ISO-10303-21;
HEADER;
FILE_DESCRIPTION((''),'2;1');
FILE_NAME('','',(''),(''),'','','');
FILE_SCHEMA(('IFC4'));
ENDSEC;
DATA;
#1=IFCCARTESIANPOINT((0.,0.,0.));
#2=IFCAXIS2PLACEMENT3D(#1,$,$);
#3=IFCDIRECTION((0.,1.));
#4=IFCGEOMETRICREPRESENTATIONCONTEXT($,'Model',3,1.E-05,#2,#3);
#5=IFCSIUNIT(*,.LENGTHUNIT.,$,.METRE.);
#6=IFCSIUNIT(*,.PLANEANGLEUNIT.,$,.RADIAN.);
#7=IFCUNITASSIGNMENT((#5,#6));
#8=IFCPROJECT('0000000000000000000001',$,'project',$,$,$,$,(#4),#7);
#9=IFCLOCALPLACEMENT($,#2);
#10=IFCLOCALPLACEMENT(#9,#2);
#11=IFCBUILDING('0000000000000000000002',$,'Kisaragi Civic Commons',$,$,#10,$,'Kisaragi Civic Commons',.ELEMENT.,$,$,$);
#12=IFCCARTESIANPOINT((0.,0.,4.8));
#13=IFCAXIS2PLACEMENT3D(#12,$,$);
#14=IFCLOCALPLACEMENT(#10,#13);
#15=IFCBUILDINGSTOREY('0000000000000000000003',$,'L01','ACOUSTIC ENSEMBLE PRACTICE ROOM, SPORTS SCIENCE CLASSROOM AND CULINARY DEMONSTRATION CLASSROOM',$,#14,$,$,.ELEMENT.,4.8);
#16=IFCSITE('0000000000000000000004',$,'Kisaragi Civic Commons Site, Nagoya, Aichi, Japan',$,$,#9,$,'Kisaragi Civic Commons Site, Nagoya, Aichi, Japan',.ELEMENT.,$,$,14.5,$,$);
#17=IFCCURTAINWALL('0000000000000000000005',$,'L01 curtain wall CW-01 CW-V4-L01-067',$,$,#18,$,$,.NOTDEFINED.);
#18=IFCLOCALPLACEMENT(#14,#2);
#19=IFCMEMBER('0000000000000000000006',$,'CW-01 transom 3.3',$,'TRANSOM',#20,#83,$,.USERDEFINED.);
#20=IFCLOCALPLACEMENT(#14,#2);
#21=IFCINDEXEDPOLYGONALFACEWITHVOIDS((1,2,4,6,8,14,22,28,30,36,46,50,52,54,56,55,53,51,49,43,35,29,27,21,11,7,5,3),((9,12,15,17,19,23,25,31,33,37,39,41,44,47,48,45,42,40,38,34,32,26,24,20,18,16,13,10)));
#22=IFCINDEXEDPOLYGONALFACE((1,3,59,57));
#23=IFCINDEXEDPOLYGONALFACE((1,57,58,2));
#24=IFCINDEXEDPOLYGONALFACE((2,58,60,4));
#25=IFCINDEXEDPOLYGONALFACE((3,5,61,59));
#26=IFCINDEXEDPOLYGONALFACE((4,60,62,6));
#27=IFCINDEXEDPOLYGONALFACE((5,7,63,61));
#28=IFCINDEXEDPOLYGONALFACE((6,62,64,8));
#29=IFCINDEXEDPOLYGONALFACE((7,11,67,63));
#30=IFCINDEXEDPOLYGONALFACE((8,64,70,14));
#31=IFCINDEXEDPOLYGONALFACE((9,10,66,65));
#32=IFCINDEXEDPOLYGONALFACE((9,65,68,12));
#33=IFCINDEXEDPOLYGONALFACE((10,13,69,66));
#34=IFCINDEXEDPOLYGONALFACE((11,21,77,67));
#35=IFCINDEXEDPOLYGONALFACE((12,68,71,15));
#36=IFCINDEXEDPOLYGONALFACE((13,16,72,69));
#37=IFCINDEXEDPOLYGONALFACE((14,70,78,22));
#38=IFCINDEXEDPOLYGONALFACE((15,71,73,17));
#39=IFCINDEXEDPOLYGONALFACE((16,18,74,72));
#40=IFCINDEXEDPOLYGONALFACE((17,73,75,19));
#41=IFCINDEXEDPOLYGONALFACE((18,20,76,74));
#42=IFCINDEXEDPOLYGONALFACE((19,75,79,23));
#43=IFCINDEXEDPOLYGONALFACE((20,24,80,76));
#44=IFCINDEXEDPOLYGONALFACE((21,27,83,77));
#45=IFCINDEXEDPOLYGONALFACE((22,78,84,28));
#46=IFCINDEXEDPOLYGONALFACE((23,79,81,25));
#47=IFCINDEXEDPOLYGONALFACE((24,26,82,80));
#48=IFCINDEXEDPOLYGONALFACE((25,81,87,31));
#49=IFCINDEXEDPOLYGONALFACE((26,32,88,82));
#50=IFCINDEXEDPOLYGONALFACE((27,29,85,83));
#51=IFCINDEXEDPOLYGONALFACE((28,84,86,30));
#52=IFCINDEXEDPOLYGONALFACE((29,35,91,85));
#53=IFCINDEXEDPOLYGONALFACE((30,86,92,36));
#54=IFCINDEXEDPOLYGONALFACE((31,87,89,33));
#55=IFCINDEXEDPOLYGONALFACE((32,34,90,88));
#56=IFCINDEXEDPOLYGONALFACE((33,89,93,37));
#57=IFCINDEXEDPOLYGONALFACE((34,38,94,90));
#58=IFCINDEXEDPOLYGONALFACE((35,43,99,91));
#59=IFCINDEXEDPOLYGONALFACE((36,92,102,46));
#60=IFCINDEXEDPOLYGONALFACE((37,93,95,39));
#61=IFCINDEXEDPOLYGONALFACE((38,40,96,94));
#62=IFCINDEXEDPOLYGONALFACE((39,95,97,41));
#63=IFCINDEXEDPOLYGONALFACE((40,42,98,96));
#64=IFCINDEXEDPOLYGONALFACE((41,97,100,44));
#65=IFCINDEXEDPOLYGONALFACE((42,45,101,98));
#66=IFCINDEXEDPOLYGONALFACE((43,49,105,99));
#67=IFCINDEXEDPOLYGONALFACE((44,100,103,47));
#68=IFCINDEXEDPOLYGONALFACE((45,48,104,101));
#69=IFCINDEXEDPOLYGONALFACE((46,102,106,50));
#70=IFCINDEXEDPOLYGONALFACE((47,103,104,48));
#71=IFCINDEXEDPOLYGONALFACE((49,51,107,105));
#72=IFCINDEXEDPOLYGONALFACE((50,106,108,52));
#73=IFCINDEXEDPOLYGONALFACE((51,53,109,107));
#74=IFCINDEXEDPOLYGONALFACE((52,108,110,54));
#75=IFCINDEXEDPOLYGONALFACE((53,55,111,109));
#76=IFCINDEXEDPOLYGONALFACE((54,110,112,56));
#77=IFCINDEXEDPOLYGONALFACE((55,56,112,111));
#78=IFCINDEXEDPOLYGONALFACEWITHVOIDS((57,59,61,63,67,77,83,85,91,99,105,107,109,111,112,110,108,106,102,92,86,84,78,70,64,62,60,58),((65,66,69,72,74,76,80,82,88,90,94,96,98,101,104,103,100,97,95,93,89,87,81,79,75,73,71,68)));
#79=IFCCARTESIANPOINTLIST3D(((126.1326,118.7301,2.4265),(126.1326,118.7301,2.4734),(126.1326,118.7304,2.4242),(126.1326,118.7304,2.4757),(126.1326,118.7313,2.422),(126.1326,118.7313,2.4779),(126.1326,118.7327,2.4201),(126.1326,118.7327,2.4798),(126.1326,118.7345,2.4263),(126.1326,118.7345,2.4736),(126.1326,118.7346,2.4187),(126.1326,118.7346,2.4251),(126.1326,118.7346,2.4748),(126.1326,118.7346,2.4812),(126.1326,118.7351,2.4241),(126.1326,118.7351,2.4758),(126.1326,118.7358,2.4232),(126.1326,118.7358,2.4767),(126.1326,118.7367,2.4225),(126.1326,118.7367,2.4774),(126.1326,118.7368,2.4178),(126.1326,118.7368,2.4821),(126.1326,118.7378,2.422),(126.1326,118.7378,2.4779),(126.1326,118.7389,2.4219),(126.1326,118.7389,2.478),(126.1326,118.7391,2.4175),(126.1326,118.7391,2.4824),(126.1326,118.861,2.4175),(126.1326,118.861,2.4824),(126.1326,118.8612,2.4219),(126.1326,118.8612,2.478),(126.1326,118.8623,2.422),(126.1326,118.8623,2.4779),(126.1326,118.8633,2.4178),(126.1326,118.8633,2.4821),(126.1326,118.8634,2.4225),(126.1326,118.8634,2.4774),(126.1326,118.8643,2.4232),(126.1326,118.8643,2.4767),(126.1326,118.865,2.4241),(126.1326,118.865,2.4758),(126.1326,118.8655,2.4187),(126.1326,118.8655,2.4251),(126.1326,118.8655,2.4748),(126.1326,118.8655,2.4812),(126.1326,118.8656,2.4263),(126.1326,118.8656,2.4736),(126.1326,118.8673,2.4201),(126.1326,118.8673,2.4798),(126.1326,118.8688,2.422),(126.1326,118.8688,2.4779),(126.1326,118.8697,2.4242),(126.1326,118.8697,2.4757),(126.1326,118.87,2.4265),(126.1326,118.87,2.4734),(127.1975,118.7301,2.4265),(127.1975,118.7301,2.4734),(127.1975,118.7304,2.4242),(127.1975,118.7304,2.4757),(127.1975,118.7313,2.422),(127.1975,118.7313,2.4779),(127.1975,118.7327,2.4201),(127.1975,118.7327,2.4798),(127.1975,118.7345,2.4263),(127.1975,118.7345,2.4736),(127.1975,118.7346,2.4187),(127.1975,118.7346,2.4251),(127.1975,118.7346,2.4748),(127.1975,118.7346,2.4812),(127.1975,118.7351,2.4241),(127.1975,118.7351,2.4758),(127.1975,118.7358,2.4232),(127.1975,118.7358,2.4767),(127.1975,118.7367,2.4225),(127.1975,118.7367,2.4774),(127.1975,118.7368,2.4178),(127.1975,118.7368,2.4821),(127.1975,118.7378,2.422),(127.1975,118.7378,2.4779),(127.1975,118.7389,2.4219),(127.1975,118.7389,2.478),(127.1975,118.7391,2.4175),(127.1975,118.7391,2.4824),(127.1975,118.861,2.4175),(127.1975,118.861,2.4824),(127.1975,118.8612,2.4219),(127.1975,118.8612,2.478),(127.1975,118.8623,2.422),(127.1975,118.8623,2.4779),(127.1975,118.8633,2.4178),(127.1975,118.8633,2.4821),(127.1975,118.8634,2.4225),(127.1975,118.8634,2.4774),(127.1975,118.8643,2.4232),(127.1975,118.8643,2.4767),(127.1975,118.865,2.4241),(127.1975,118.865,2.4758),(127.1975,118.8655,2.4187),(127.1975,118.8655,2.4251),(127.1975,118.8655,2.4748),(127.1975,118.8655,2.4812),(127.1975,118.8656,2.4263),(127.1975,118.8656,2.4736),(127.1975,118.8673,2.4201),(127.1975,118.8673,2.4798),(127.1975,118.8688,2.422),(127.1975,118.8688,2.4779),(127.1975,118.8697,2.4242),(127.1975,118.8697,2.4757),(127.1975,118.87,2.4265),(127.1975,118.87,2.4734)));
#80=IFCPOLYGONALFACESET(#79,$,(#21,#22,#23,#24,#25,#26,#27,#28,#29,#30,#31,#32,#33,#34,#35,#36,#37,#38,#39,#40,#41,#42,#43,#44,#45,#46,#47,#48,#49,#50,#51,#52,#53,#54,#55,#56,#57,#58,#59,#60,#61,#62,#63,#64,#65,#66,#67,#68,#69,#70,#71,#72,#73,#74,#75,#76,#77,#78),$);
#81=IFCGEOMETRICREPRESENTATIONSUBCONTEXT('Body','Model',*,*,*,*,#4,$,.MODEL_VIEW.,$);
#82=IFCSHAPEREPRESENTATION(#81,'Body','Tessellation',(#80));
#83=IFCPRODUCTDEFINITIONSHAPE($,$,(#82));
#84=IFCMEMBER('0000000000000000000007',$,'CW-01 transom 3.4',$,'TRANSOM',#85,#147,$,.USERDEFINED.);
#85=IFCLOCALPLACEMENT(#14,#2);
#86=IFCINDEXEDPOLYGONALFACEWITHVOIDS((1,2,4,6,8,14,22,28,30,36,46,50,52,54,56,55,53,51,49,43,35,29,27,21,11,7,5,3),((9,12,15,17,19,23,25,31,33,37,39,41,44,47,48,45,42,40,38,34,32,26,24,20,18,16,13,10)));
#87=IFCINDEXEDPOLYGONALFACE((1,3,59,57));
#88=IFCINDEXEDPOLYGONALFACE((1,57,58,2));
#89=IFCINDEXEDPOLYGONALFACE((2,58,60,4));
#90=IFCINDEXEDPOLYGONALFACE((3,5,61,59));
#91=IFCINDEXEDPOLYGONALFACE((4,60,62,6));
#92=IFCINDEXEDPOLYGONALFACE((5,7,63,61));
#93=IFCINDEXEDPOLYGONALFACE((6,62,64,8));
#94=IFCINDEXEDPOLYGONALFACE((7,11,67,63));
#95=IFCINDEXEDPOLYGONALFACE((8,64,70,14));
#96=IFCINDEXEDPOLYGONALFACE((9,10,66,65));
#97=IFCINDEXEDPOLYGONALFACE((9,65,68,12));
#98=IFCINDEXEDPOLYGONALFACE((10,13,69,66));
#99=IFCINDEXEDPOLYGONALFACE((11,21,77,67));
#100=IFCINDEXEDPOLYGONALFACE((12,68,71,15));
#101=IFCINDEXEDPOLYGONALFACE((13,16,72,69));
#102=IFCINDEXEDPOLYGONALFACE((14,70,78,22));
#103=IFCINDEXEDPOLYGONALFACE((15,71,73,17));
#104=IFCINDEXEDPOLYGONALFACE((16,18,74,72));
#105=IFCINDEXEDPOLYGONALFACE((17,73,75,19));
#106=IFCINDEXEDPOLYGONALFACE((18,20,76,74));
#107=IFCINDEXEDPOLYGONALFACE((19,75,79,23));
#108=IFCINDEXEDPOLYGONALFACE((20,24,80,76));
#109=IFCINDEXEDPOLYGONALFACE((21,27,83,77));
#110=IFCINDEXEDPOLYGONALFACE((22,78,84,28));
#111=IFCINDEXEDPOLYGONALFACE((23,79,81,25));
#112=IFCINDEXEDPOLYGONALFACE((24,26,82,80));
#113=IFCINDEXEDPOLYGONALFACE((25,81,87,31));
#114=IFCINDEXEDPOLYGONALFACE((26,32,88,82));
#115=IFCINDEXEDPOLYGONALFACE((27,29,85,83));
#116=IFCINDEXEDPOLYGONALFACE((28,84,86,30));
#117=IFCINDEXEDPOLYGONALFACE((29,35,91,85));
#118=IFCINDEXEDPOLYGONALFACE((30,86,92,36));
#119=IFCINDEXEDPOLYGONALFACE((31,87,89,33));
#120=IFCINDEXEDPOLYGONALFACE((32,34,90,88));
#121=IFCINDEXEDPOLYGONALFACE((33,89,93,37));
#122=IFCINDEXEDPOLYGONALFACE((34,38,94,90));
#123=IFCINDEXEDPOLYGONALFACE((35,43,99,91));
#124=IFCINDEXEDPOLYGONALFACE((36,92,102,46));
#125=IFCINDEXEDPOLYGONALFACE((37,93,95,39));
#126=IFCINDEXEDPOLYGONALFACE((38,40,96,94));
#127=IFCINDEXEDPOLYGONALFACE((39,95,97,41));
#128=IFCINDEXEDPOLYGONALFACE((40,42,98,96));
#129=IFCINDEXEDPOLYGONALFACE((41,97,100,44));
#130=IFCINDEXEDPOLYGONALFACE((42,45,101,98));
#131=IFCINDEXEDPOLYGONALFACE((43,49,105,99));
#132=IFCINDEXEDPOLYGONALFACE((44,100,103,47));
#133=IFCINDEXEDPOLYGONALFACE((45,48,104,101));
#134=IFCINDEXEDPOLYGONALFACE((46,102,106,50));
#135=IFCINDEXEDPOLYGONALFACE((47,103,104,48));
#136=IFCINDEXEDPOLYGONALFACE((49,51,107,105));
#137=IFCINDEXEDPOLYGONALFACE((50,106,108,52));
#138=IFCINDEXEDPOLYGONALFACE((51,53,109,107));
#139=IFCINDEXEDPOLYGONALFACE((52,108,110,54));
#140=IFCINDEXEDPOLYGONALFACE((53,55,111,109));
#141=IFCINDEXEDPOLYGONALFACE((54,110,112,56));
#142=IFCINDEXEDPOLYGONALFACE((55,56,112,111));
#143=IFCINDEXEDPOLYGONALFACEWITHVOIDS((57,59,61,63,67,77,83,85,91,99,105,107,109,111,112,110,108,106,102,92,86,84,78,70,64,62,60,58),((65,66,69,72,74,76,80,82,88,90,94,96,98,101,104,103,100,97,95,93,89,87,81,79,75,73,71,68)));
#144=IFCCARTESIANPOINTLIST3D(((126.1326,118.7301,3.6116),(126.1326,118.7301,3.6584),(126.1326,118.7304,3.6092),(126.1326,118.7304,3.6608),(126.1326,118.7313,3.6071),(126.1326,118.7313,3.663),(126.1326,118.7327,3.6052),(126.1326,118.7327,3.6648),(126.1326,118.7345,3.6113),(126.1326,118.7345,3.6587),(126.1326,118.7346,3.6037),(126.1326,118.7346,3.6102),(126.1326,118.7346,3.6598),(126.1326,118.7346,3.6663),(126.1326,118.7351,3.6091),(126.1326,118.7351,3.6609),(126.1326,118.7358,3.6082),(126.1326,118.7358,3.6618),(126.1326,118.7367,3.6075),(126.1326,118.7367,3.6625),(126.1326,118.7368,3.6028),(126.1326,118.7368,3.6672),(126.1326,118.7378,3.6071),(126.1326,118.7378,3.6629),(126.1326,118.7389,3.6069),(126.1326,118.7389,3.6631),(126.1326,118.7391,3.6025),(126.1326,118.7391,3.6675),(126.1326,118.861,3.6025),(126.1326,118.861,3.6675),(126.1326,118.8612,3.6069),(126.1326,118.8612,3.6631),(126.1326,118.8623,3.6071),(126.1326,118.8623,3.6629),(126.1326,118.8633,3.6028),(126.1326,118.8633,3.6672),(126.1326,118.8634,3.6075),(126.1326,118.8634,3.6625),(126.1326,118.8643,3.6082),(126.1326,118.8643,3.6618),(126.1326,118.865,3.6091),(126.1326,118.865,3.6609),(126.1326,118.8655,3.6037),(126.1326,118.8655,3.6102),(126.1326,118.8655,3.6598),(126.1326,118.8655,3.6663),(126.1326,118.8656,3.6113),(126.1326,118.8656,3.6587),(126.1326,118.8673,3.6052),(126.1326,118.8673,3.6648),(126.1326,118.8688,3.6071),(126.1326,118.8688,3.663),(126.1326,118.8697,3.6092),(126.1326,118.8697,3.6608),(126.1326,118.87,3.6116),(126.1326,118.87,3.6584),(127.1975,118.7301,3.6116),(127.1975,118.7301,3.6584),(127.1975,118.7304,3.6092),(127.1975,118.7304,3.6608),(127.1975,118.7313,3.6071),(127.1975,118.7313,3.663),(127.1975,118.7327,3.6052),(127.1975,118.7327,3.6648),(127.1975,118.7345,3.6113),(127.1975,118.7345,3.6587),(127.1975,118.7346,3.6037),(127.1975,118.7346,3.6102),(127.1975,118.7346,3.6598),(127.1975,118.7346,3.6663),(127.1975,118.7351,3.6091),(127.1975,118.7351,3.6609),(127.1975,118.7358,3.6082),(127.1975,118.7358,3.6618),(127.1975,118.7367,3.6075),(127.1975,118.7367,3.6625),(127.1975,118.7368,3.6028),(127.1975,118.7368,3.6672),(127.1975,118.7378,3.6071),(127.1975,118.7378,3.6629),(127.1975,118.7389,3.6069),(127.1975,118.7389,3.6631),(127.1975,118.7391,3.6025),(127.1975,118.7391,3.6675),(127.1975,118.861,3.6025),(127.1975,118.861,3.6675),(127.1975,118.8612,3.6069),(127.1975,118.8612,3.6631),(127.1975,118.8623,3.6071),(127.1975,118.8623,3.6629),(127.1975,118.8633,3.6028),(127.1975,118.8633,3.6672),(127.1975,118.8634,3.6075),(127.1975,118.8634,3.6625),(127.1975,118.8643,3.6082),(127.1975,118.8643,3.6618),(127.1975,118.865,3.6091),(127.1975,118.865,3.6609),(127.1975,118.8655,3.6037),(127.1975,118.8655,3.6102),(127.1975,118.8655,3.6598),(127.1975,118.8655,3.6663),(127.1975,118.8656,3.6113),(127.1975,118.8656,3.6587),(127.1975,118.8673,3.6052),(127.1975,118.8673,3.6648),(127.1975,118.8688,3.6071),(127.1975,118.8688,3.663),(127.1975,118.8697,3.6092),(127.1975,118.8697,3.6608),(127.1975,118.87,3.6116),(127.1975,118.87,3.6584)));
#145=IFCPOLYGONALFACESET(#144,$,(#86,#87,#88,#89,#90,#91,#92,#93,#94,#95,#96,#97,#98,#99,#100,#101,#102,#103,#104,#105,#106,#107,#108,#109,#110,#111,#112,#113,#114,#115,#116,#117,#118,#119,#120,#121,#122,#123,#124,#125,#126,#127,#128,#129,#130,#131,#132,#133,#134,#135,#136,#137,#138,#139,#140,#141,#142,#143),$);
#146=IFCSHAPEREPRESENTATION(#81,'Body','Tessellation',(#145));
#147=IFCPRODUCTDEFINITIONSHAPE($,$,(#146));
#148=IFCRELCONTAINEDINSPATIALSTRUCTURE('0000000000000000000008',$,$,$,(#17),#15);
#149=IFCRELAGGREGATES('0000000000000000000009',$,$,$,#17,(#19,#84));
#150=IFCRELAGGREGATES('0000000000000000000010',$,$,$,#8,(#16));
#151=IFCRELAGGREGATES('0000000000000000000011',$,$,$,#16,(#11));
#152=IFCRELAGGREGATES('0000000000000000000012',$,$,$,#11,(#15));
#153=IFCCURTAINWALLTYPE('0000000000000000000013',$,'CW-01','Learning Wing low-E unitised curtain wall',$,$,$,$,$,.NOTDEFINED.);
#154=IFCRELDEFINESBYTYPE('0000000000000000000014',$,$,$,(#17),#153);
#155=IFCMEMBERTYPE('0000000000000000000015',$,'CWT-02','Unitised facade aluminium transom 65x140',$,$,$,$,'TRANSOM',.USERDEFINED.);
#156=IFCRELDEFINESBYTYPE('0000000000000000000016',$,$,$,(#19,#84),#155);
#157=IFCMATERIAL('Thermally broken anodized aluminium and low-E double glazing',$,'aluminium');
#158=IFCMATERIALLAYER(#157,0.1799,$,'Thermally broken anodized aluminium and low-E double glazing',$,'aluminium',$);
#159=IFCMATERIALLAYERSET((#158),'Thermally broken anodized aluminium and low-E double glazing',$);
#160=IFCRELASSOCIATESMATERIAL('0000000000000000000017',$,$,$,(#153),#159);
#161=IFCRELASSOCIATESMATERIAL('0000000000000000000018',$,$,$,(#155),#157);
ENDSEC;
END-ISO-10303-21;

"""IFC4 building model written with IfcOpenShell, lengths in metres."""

from ifc_helpers import new_model, si_unit, direction, frame, origin, origin_2d, place, context, subcontext, project, spatial, hollow_rectangle, extrude, material, layer, layer_set, material_profile, profile_set, type_object, element, aggregate, save


model = new_model("IFC4")

# Units and contexts
model_context = context("Model", 3, precision=1e-05, world=origin(), true_north=direction((0.0, 1.0)))
body_context = subcontext(model_context, "Body", "Model", "MODEL_VIEW")
ifc_project = project(units=[si_unit("LENGTHUNIT", "METRE"), si_unit("PLANEANGLEUNIT", "RADIAN")], contexts=[model_context])

# Site, building, storey
site_placement = place(None, origin())
site = spatial("IfcSite", under=ifc_project, at=site_placement, Name="Kisaragi Civic Commons Site, Nagoya, Aichi, Japan", LongName="Kisaragi Civic Commons Site, Nagoya, Aichi, Japan", CompositionType="ELEMENT", RefElevation=14.5)
building_placement = place(site_placement, origin())
building = spatial("IfcBuilding", under=site, at=building_placement, Name="Kisaragi Civic Commons", LongName="Kisaragi Civic Commons", CompositionType="ELEMENT")
storey_placement = place(building_placement, frame((0.0, 0.0, 4.8)))
storey = spatial("IfcBuildingStorey", under=building, at=storey_placement, Name="L01", Description="ACOUSTIC ENSEMBLE PRACTICE ROOM, SPORTS SCIENCE CLASSROOM AND CULINARY DEMONSTRATION CLASSROOM", CompositionType="ELEMENT", Elevation=4.8)

# Curtain wall
ifc_material = material(Name="Thermally broken anodized aluminium and low-E double glazing", Category="aluminium")
ifc_layer_1 = layer(ifc_material, 0.1799, Name="Thermally broken anodized aluminium and low-E double glazing", Category="aluminium")
ifc_layer_set_1 = layer_set([ifc_layer_1], Name="Thermally broken anodized aluminium and low-E double glazing")
curtain_wall_type = type_object("IfcCurtainWallType", Name="CW-01", Description="Learning Wing low-E unitised curtain wall", PredefinedType="NOTDEFINED", material=ifc_layer_set_1)
curtain_wall_1_placement = place(storey_placement, origin())
curtain_wall_1 = element("IfcCurtainWall", 1, at=curtain_wall_1_placement, inside=storey, type_object=curtain_wall_type, Name="L01 curtain wall CW-01 CW-V4-L01-067", PredefinedType="NOTDEFINED")

# Members
ifc_material_profile_1 = material_profile(ifc_material, hollow_rectangle(XDim=0.1399, YDim=0.0649, WallThickness=0.0044, InnerFilletRadius=0.0044, OuterFilletRadius=0.009, at=origin_2d()), Name="CWT-65x140x4.5", Category="aluminium")
ifc_profile_set_1 = profile_set([ifc_material_profile_1], Name="Thermally broken anodized aluminium and low-E double glazing")
member_type_1 = type_object("IfcMemberType", Name="CWT-02", Description="Unitised facade aluminium transom 65x140", ElementType="TRANSOM", PredefinedType="USERDEFINED", material=ifc_profile_set_1)
member_1_placement = place(storey_placement, frame((126.1326, 118.8, 2.45), z_axis=(1.0, 0.0, 0.0), x_axis=(0.0, 1.0, 0.0)))
member_1 = element("IfcMember", 2, at=member_1_placement, type_object=member_type_1, Name="CW-01 transom 3.3", ObjectType="TRANSOM", PredefinedType="USERDEFINED", context=body_context, shape_type="SweptSolid", body=[
    extrude(hollow_rectangle(XDim=0.1399, YDim=0.0649, WallThickness=0.0044, InnerFilletRadius=0.0044, OuterFilletRadius=0.009, at=origin_2d()), origin(), (0.0, 0.0, 1.0), 1.0649),
])
member_2_placement = place(storey_placement, frame((126.1326, 118.8, 3.635), z_axis=(1.0, 0.0, 0.0), x_axis=(0.0, 1.0, 0.0)))
member_2 = element("IfcMember", 3, at=member_2_placement, type_object=member_type_1, Name="CW-01 transom 3.4", ObjectType="TRANSOM", PredefinedType="USERDEFINED", context=body_context, shape_type="SweptSolid", body=[
    extrude(hollow_rectangle(XDim=0.1399, YDim=0.0649, WallThickness=0.0044, InnerFilletRadius=0.0044, OuterFilletRadius=0.009, at=origin_2d()), origin(), (0.0, 0.0, 1.0), 1.0649),
])

aggregate(curtain_wall_1, [member_1, member_2])

save(model, "model.ifc")
